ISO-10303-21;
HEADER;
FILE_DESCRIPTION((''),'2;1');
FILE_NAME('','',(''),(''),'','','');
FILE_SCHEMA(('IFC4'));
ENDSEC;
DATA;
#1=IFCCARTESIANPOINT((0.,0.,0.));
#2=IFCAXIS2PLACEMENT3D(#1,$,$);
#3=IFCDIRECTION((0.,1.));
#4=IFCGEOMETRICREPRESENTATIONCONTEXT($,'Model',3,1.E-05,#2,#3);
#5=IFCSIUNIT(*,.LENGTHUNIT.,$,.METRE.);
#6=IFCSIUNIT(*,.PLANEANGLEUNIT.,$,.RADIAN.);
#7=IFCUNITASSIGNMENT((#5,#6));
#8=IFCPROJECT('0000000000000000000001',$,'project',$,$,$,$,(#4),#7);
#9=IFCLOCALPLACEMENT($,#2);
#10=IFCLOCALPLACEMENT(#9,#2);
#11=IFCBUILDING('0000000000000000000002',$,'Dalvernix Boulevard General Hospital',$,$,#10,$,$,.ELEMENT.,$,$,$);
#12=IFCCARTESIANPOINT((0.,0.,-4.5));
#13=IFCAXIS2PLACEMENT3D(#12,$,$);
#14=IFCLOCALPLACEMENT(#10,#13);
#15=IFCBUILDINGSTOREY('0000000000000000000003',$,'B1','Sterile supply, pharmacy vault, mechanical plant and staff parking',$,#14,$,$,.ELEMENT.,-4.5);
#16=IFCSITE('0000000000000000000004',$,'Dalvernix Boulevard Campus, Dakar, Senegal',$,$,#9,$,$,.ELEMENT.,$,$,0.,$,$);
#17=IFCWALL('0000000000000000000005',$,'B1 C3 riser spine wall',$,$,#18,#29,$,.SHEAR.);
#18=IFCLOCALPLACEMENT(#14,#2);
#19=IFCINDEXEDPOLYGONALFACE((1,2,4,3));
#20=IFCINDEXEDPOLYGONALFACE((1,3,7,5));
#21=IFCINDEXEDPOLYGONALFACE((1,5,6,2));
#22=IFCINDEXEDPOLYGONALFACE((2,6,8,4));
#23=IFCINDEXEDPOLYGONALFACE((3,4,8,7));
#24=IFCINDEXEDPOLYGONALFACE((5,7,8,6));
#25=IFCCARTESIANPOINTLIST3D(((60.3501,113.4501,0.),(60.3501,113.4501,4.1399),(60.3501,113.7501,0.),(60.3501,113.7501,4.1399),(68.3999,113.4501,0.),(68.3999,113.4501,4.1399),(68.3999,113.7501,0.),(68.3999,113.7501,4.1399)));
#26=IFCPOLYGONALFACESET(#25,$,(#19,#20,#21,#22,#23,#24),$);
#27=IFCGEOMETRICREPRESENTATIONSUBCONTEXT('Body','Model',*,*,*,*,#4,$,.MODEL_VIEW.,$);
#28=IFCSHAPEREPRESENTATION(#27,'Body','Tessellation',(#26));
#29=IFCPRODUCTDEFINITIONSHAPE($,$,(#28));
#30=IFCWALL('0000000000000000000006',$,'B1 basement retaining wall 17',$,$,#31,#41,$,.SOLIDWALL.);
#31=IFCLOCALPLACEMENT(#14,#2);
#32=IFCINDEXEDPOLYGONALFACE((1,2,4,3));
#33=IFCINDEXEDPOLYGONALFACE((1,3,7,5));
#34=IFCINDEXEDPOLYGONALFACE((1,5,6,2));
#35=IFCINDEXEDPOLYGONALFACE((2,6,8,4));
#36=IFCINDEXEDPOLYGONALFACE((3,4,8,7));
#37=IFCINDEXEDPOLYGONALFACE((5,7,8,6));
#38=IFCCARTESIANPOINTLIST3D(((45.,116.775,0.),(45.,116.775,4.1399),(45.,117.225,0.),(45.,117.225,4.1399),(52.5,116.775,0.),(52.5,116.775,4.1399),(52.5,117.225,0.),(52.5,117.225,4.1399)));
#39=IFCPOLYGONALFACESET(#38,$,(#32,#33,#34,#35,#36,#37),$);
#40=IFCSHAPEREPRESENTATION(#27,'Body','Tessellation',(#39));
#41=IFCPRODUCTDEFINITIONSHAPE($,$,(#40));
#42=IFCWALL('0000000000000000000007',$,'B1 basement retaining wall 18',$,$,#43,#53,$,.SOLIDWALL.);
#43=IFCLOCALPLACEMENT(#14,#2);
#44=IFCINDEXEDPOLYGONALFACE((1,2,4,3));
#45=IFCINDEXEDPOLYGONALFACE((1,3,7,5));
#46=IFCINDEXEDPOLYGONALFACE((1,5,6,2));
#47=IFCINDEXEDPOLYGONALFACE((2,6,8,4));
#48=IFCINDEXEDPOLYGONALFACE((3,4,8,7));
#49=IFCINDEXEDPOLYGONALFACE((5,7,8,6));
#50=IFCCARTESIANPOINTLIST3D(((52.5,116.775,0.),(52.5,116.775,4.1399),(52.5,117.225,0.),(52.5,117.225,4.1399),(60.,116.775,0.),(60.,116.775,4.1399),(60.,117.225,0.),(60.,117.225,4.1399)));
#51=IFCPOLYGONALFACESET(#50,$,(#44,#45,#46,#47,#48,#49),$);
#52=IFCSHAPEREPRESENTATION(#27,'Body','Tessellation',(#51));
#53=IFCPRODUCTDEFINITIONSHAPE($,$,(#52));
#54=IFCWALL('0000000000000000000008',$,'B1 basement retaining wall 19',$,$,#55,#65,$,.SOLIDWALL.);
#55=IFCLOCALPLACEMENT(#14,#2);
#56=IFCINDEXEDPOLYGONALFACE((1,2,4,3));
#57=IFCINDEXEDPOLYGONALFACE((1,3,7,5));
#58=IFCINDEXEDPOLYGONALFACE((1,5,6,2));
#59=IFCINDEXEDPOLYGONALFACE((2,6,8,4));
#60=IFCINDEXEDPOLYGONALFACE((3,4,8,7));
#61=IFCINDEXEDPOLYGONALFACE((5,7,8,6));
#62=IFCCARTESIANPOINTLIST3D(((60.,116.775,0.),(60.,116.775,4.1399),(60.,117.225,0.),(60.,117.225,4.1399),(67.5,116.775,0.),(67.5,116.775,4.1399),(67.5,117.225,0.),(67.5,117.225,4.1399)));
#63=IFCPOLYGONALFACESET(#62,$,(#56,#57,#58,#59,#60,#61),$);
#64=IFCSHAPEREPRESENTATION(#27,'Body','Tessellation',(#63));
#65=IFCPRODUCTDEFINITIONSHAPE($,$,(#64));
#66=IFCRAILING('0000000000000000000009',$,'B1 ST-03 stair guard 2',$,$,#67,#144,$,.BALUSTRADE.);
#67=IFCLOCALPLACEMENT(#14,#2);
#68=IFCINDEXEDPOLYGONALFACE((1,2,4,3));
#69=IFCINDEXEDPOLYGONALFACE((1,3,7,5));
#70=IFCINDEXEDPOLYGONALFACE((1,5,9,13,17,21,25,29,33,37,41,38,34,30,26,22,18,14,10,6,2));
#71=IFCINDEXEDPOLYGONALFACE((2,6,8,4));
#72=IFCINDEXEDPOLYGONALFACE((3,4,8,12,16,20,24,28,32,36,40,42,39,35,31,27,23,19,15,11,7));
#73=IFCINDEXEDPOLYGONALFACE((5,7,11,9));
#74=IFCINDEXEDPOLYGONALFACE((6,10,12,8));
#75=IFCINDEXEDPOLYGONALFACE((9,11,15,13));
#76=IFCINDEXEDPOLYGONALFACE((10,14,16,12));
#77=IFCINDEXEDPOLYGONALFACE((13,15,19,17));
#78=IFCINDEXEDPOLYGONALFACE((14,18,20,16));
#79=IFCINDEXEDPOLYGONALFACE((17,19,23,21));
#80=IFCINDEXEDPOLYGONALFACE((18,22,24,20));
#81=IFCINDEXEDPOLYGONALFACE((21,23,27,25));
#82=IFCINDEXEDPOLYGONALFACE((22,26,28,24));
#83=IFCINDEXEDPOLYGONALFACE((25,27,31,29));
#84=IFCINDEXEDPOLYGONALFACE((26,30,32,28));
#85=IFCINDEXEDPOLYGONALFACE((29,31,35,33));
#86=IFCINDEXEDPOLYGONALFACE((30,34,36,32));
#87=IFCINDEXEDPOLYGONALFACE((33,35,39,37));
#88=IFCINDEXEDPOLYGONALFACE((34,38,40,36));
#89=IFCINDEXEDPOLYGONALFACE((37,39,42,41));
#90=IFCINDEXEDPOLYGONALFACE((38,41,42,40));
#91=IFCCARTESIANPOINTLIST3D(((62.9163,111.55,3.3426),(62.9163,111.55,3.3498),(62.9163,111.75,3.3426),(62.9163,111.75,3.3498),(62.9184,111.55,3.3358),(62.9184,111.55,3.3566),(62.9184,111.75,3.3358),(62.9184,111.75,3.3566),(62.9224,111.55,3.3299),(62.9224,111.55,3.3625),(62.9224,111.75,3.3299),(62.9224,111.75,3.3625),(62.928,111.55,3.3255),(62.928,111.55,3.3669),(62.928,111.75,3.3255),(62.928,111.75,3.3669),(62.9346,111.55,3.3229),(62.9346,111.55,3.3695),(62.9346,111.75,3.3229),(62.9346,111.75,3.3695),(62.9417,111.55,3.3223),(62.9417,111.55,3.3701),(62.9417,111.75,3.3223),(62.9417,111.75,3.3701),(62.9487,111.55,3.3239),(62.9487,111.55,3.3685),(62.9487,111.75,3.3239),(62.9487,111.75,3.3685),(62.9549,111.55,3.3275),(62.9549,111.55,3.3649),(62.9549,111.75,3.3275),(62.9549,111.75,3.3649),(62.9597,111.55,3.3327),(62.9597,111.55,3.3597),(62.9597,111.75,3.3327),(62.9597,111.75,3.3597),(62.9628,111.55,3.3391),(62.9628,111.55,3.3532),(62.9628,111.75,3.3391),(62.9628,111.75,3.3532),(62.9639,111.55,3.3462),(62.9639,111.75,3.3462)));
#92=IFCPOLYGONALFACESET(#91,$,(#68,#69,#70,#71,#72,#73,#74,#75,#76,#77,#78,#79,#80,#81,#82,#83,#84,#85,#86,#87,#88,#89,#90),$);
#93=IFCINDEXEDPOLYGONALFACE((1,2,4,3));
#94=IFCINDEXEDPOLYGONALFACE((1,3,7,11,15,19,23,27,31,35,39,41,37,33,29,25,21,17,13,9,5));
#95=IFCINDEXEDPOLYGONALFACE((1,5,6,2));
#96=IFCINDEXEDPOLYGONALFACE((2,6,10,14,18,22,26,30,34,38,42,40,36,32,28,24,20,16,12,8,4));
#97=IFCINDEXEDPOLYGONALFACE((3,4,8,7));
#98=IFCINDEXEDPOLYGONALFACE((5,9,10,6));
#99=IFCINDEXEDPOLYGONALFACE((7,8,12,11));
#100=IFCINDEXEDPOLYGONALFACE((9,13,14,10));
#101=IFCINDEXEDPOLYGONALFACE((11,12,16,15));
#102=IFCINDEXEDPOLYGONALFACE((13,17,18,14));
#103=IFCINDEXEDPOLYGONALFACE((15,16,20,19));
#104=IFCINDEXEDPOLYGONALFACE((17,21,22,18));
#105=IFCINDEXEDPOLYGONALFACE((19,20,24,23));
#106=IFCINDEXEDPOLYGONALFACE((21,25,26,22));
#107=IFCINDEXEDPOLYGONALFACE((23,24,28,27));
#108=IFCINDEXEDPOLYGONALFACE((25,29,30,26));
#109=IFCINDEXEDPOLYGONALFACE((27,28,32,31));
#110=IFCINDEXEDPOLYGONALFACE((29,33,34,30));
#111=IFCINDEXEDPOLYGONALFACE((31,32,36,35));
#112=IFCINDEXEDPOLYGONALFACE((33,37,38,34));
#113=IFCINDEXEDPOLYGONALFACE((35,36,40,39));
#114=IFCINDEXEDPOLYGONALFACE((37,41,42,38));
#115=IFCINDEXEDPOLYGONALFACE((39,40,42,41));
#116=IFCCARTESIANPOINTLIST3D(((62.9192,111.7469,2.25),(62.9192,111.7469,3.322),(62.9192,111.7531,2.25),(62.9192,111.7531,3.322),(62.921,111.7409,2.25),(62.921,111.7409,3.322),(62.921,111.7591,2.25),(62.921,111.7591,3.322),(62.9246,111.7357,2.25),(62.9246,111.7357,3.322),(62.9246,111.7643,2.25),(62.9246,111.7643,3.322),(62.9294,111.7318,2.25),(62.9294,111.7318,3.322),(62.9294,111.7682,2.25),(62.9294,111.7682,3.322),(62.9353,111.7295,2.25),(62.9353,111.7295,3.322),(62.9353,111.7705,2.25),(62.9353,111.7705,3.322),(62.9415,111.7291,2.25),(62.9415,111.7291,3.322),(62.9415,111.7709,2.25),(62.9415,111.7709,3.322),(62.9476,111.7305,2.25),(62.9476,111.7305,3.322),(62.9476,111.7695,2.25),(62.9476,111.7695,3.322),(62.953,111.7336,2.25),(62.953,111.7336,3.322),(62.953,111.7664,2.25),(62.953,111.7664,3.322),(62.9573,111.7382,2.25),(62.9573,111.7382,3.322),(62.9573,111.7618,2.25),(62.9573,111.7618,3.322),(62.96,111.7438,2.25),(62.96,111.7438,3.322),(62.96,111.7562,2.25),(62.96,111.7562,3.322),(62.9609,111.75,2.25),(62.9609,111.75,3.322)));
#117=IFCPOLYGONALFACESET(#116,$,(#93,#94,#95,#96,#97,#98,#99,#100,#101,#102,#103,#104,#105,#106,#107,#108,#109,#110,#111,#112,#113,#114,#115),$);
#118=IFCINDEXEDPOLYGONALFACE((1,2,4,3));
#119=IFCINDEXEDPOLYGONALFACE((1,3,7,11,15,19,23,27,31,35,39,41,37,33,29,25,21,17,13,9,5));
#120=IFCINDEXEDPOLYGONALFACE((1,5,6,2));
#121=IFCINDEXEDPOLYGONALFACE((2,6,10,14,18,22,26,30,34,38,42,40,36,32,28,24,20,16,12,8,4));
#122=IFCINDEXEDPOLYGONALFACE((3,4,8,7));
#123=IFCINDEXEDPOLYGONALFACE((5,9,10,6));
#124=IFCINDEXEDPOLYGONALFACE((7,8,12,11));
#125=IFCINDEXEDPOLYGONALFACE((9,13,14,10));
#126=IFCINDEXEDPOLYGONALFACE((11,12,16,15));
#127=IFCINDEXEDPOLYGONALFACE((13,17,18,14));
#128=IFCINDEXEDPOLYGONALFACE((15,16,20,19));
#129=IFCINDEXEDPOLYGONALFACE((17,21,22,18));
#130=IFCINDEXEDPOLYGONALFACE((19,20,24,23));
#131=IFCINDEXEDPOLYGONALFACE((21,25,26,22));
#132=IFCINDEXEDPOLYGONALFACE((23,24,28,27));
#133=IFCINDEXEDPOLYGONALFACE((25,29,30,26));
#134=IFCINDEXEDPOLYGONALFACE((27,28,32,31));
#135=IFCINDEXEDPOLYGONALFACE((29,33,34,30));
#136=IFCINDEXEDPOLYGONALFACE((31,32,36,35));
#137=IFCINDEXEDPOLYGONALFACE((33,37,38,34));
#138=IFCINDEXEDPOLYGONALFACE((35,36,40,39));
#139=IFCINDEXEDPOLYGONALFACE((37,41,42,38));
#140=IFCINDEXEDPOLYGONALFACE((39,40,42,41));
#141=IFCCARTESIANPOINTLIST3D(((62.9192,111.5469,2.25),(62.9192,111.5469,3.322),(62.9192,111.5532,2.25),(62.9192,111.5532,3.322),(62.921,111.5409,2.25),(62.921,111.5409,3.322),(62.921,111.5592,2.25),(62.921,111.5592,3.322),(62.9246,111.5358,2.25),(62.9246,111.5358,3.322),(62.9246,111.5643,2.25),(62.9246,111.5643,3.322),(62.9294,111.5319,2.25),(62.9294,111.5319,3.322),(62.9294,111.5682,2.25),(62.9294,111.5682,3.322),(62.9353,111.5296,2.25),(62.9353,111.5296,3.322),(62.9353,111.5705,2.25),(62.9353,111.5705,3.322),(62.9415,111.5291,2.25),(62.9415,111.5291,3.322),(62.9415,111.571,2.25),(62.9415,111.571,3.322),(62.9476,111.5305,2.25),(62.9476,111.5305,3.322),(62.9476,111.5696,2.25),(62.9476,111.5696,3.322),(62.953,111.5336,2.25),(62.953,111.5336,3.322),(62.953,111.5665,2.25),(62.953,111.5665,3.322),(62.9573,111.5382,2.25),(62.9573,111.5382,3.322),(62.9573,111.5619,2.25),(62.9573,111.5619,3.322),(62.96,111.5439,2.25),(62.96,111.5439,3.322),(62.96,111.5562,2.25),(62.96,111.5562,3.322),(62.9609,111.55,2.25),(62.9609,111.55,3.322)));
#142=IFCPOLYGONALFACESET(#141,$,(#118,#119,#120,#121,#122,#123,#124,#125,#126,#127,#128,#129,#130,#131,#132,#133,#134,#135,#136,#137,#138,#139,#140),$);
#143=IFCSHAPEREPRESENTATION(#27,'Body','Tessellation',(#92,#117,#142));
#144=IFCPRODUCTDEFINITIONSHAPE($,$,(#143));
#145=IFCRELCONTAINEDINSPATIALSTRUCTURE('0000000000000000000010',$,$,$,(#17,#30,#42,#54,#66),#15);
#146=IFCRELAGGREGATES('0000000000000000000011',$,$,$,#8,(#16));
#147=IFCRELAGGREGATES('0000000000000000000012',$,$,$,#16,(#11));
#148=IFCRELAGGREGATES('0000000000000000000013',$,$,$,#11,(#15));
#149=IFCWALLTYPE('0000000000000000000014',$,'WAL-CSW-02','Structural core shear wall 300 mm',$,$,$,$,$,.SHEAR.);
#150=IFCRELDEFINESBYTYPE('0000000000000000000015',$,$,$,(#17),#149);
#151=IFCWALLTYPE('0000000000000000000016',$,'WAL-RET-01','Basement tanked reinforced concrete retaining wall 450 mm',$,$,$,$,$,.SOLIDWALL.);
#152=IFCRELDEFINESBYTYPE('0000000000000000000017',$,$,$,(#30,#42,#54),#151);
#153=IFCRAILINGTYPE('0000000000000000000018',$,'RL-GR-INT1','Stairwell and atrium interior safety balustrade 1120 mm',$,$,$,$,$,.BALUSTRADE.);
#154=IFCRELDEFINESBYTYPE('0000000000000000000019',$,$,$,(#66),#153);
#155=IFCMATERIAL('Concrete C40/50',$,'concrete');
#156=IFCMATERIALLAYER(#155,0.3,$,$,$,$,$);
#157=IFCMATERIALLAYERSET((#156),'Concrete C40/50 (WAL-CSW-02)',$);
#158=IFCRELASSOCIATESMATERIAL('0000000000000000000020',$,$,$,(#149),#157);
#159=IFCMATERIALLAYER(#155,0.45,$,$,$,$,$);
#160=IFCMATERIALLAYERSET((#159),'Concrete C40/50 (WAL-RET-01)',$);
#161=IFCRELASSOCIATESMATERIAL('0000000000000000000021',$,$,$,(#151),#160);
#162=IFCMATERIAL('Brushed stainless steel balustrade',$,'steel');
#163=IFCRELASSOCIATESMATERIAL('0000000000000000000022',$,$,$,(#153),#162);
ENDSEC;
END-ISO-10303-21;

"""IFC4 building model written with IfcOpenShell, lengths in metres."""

from ifc_helpers import new_model, si_unit, direction, frame, frame_2d, origin, origin_2d, place, context, subcontext, project, spatial, rectangle, circle, extrude, material, layer, layer_set, type_object, element, save


model = new_model("IFC4")

# Units and contexts
model_context = context("Model", 3, precision=1e-05, world=origin(), true_north=direction((0.0, 1.0)))
body_context = subcontext(model_context, "Body", "Model", "MODEL_VIEW")
ifc_project = project(units=[si_unit("LENGTHUNIT", "METRE"), si_unit("PLANEANGLEUNIT", "RADIAN")], contexts=[model_context])

# Site, building, storey
site_placement = place(None, origin())
site = spatial("IfcSite", under=ifc_project, at=site_placement, Name="Dalvernix Boulevard Campus, Dakar, Senegal", CompositionType="ELEMENT", RefElevation=0.0)
building_placement = place(site_placement, origin())
building = spatial("IfcBuilding", under=site, at=building_placement, Name="Dalvernix Boulevard General Hospital", CompositionType="ELEMENT")
storey_placement = place(building_placement, frame((0.0, 0.0, -4.5)))
storey = spatial("IfcBuildingStorey", under=building, at=storey_placement, Name="B1", Description="Sterile supply, pharmacy vault, mechanical plant and staff parking", CompositionType="ELEMENT", Elevation=-4.5)

# Shared definitions
ifc_material_1 = material(Name="Concrete C40/50", Category="concrete")

# Walls
ifc_layer_1 = layer(ifc_material_1, 0.3)
ifc_layer_set_1 = layer_set([ifc_layer_1], Name="Concrete C40/50 (WAL-CSW-02)")
wall_type_1 = type_object("IfcWallType", Name="WAL-CSW-02", Description="Structural core shear wall 300 mm", PredefinedType="SHEAR", material=ifc_layer_set_1)
wall_1_placement = place(storey_placement, frame((60.3501, 113.6001, 0.0), z_axis=(0.0, 0.0, 1.0), x_axis=(1.0, 0.0, 0.0)))
element("IfcWall", 1, at=wall_1_placement, inside=storey, type_object=wall_type_1, Name="B1 C3 riser spine wall", PredefinedType="SHEAR", context=body_context, shape_type="SweptSolid", body=[
    extrude(rectangle(XDim=8.0498, YDim=0.3, at=frame_2d((4.0249, 0.0))), origin(), (0.0, 0.0, 1.0), 4.1399),
])
ifc_layer_2 = layer(ifc_material_1, 0.45)
ifc_layer_set_2 = layer_set([ifc_layer_2], Name="Concrete C40/50 (WAL-RET-01)")
wall_type_2 = type_object("IfcWallType", Name="WAL-RET-01", Description="Basement tanked reinforced concrete retaining wall 450 mm", PredefinedType="SOLIDWALL", material=ifc_layer_set_2)
for number, where, z_axis, x_axis, name in (
    (2, (45.0, 117.0, 0.0), (0.0, 0.0, 1.0), (1.0, 0.0, 0.0), "B1 basement retaining wall 17"),
    (3, (52.5, 117.0, 0.0), (0.0, 0.0, 1.0), (1.0, 0.0, 0.0), "B1 basement retaining wall 18"),
    (4, (60.0, 117.0, 0.0), (0.0, 0.0, 1.0), (1.0, 0.0, 0.0), "B1 basement retaining wall 19"),
):
    element("IfcWall", number, at=place(storey_placement, frame(where, z_axis=z_axis, x_axis=x_axis)), inside=storey, type_object=wall_type_2, Name=name, PredefinedType="SOLIDWALL", context=body_context, shape_type="SweptSolid", body=[
        extrude(rectangle(XDim=7.5, YDim=0.45, at=frame_2d((3.75, 0.0))), origin(), (0.0, 0.0, 1.0), 4.1399),
    ])

# Railing
ifc_material_2 = material(Name="Brushed stainless steel balustrade", Category="steel")
railing_type_1 = type_object("IfcRailingType", Name="RL-GR-INT1", Description="Stairwell and atrium interior safety balustrade 1120 mm", PredefinedType="BALUSTRADE", material=ifc_material_2)
railing_1_placement = place(storey_placement, frame((62.9399, 111.75, 2.25)))
element("IfcRailing", 5, at=railing_1_placement, inside=storey, type_object=railing_type_1, Name="B1 ST-03 stair guard 2", PredefinedType="BALUSTRADE", context=body_context, shape_type="SweptSolid", body=[
    extrude(circle(Radius=0.0239, at=origin_2d()), frame((0.0, 0.0, 1.0962), z_axis=(0.0, -1.0, 0.0), x_axis=(1.0, 0.0, 0.0)), (0.0, 0.0, 1.0), 0.2),
    extrude(circle(Radius=0.021, at=origin_2d()), origin(), (0.0, 0.0, 1.0), 1.072),
    extrude(circle(Radius=0.021, at=origin_2d()), frame((0.0, -0.2, 0.0)), (0.0, 0.0, 1.0), 1.072),
])

save(model, "model.ifc")
